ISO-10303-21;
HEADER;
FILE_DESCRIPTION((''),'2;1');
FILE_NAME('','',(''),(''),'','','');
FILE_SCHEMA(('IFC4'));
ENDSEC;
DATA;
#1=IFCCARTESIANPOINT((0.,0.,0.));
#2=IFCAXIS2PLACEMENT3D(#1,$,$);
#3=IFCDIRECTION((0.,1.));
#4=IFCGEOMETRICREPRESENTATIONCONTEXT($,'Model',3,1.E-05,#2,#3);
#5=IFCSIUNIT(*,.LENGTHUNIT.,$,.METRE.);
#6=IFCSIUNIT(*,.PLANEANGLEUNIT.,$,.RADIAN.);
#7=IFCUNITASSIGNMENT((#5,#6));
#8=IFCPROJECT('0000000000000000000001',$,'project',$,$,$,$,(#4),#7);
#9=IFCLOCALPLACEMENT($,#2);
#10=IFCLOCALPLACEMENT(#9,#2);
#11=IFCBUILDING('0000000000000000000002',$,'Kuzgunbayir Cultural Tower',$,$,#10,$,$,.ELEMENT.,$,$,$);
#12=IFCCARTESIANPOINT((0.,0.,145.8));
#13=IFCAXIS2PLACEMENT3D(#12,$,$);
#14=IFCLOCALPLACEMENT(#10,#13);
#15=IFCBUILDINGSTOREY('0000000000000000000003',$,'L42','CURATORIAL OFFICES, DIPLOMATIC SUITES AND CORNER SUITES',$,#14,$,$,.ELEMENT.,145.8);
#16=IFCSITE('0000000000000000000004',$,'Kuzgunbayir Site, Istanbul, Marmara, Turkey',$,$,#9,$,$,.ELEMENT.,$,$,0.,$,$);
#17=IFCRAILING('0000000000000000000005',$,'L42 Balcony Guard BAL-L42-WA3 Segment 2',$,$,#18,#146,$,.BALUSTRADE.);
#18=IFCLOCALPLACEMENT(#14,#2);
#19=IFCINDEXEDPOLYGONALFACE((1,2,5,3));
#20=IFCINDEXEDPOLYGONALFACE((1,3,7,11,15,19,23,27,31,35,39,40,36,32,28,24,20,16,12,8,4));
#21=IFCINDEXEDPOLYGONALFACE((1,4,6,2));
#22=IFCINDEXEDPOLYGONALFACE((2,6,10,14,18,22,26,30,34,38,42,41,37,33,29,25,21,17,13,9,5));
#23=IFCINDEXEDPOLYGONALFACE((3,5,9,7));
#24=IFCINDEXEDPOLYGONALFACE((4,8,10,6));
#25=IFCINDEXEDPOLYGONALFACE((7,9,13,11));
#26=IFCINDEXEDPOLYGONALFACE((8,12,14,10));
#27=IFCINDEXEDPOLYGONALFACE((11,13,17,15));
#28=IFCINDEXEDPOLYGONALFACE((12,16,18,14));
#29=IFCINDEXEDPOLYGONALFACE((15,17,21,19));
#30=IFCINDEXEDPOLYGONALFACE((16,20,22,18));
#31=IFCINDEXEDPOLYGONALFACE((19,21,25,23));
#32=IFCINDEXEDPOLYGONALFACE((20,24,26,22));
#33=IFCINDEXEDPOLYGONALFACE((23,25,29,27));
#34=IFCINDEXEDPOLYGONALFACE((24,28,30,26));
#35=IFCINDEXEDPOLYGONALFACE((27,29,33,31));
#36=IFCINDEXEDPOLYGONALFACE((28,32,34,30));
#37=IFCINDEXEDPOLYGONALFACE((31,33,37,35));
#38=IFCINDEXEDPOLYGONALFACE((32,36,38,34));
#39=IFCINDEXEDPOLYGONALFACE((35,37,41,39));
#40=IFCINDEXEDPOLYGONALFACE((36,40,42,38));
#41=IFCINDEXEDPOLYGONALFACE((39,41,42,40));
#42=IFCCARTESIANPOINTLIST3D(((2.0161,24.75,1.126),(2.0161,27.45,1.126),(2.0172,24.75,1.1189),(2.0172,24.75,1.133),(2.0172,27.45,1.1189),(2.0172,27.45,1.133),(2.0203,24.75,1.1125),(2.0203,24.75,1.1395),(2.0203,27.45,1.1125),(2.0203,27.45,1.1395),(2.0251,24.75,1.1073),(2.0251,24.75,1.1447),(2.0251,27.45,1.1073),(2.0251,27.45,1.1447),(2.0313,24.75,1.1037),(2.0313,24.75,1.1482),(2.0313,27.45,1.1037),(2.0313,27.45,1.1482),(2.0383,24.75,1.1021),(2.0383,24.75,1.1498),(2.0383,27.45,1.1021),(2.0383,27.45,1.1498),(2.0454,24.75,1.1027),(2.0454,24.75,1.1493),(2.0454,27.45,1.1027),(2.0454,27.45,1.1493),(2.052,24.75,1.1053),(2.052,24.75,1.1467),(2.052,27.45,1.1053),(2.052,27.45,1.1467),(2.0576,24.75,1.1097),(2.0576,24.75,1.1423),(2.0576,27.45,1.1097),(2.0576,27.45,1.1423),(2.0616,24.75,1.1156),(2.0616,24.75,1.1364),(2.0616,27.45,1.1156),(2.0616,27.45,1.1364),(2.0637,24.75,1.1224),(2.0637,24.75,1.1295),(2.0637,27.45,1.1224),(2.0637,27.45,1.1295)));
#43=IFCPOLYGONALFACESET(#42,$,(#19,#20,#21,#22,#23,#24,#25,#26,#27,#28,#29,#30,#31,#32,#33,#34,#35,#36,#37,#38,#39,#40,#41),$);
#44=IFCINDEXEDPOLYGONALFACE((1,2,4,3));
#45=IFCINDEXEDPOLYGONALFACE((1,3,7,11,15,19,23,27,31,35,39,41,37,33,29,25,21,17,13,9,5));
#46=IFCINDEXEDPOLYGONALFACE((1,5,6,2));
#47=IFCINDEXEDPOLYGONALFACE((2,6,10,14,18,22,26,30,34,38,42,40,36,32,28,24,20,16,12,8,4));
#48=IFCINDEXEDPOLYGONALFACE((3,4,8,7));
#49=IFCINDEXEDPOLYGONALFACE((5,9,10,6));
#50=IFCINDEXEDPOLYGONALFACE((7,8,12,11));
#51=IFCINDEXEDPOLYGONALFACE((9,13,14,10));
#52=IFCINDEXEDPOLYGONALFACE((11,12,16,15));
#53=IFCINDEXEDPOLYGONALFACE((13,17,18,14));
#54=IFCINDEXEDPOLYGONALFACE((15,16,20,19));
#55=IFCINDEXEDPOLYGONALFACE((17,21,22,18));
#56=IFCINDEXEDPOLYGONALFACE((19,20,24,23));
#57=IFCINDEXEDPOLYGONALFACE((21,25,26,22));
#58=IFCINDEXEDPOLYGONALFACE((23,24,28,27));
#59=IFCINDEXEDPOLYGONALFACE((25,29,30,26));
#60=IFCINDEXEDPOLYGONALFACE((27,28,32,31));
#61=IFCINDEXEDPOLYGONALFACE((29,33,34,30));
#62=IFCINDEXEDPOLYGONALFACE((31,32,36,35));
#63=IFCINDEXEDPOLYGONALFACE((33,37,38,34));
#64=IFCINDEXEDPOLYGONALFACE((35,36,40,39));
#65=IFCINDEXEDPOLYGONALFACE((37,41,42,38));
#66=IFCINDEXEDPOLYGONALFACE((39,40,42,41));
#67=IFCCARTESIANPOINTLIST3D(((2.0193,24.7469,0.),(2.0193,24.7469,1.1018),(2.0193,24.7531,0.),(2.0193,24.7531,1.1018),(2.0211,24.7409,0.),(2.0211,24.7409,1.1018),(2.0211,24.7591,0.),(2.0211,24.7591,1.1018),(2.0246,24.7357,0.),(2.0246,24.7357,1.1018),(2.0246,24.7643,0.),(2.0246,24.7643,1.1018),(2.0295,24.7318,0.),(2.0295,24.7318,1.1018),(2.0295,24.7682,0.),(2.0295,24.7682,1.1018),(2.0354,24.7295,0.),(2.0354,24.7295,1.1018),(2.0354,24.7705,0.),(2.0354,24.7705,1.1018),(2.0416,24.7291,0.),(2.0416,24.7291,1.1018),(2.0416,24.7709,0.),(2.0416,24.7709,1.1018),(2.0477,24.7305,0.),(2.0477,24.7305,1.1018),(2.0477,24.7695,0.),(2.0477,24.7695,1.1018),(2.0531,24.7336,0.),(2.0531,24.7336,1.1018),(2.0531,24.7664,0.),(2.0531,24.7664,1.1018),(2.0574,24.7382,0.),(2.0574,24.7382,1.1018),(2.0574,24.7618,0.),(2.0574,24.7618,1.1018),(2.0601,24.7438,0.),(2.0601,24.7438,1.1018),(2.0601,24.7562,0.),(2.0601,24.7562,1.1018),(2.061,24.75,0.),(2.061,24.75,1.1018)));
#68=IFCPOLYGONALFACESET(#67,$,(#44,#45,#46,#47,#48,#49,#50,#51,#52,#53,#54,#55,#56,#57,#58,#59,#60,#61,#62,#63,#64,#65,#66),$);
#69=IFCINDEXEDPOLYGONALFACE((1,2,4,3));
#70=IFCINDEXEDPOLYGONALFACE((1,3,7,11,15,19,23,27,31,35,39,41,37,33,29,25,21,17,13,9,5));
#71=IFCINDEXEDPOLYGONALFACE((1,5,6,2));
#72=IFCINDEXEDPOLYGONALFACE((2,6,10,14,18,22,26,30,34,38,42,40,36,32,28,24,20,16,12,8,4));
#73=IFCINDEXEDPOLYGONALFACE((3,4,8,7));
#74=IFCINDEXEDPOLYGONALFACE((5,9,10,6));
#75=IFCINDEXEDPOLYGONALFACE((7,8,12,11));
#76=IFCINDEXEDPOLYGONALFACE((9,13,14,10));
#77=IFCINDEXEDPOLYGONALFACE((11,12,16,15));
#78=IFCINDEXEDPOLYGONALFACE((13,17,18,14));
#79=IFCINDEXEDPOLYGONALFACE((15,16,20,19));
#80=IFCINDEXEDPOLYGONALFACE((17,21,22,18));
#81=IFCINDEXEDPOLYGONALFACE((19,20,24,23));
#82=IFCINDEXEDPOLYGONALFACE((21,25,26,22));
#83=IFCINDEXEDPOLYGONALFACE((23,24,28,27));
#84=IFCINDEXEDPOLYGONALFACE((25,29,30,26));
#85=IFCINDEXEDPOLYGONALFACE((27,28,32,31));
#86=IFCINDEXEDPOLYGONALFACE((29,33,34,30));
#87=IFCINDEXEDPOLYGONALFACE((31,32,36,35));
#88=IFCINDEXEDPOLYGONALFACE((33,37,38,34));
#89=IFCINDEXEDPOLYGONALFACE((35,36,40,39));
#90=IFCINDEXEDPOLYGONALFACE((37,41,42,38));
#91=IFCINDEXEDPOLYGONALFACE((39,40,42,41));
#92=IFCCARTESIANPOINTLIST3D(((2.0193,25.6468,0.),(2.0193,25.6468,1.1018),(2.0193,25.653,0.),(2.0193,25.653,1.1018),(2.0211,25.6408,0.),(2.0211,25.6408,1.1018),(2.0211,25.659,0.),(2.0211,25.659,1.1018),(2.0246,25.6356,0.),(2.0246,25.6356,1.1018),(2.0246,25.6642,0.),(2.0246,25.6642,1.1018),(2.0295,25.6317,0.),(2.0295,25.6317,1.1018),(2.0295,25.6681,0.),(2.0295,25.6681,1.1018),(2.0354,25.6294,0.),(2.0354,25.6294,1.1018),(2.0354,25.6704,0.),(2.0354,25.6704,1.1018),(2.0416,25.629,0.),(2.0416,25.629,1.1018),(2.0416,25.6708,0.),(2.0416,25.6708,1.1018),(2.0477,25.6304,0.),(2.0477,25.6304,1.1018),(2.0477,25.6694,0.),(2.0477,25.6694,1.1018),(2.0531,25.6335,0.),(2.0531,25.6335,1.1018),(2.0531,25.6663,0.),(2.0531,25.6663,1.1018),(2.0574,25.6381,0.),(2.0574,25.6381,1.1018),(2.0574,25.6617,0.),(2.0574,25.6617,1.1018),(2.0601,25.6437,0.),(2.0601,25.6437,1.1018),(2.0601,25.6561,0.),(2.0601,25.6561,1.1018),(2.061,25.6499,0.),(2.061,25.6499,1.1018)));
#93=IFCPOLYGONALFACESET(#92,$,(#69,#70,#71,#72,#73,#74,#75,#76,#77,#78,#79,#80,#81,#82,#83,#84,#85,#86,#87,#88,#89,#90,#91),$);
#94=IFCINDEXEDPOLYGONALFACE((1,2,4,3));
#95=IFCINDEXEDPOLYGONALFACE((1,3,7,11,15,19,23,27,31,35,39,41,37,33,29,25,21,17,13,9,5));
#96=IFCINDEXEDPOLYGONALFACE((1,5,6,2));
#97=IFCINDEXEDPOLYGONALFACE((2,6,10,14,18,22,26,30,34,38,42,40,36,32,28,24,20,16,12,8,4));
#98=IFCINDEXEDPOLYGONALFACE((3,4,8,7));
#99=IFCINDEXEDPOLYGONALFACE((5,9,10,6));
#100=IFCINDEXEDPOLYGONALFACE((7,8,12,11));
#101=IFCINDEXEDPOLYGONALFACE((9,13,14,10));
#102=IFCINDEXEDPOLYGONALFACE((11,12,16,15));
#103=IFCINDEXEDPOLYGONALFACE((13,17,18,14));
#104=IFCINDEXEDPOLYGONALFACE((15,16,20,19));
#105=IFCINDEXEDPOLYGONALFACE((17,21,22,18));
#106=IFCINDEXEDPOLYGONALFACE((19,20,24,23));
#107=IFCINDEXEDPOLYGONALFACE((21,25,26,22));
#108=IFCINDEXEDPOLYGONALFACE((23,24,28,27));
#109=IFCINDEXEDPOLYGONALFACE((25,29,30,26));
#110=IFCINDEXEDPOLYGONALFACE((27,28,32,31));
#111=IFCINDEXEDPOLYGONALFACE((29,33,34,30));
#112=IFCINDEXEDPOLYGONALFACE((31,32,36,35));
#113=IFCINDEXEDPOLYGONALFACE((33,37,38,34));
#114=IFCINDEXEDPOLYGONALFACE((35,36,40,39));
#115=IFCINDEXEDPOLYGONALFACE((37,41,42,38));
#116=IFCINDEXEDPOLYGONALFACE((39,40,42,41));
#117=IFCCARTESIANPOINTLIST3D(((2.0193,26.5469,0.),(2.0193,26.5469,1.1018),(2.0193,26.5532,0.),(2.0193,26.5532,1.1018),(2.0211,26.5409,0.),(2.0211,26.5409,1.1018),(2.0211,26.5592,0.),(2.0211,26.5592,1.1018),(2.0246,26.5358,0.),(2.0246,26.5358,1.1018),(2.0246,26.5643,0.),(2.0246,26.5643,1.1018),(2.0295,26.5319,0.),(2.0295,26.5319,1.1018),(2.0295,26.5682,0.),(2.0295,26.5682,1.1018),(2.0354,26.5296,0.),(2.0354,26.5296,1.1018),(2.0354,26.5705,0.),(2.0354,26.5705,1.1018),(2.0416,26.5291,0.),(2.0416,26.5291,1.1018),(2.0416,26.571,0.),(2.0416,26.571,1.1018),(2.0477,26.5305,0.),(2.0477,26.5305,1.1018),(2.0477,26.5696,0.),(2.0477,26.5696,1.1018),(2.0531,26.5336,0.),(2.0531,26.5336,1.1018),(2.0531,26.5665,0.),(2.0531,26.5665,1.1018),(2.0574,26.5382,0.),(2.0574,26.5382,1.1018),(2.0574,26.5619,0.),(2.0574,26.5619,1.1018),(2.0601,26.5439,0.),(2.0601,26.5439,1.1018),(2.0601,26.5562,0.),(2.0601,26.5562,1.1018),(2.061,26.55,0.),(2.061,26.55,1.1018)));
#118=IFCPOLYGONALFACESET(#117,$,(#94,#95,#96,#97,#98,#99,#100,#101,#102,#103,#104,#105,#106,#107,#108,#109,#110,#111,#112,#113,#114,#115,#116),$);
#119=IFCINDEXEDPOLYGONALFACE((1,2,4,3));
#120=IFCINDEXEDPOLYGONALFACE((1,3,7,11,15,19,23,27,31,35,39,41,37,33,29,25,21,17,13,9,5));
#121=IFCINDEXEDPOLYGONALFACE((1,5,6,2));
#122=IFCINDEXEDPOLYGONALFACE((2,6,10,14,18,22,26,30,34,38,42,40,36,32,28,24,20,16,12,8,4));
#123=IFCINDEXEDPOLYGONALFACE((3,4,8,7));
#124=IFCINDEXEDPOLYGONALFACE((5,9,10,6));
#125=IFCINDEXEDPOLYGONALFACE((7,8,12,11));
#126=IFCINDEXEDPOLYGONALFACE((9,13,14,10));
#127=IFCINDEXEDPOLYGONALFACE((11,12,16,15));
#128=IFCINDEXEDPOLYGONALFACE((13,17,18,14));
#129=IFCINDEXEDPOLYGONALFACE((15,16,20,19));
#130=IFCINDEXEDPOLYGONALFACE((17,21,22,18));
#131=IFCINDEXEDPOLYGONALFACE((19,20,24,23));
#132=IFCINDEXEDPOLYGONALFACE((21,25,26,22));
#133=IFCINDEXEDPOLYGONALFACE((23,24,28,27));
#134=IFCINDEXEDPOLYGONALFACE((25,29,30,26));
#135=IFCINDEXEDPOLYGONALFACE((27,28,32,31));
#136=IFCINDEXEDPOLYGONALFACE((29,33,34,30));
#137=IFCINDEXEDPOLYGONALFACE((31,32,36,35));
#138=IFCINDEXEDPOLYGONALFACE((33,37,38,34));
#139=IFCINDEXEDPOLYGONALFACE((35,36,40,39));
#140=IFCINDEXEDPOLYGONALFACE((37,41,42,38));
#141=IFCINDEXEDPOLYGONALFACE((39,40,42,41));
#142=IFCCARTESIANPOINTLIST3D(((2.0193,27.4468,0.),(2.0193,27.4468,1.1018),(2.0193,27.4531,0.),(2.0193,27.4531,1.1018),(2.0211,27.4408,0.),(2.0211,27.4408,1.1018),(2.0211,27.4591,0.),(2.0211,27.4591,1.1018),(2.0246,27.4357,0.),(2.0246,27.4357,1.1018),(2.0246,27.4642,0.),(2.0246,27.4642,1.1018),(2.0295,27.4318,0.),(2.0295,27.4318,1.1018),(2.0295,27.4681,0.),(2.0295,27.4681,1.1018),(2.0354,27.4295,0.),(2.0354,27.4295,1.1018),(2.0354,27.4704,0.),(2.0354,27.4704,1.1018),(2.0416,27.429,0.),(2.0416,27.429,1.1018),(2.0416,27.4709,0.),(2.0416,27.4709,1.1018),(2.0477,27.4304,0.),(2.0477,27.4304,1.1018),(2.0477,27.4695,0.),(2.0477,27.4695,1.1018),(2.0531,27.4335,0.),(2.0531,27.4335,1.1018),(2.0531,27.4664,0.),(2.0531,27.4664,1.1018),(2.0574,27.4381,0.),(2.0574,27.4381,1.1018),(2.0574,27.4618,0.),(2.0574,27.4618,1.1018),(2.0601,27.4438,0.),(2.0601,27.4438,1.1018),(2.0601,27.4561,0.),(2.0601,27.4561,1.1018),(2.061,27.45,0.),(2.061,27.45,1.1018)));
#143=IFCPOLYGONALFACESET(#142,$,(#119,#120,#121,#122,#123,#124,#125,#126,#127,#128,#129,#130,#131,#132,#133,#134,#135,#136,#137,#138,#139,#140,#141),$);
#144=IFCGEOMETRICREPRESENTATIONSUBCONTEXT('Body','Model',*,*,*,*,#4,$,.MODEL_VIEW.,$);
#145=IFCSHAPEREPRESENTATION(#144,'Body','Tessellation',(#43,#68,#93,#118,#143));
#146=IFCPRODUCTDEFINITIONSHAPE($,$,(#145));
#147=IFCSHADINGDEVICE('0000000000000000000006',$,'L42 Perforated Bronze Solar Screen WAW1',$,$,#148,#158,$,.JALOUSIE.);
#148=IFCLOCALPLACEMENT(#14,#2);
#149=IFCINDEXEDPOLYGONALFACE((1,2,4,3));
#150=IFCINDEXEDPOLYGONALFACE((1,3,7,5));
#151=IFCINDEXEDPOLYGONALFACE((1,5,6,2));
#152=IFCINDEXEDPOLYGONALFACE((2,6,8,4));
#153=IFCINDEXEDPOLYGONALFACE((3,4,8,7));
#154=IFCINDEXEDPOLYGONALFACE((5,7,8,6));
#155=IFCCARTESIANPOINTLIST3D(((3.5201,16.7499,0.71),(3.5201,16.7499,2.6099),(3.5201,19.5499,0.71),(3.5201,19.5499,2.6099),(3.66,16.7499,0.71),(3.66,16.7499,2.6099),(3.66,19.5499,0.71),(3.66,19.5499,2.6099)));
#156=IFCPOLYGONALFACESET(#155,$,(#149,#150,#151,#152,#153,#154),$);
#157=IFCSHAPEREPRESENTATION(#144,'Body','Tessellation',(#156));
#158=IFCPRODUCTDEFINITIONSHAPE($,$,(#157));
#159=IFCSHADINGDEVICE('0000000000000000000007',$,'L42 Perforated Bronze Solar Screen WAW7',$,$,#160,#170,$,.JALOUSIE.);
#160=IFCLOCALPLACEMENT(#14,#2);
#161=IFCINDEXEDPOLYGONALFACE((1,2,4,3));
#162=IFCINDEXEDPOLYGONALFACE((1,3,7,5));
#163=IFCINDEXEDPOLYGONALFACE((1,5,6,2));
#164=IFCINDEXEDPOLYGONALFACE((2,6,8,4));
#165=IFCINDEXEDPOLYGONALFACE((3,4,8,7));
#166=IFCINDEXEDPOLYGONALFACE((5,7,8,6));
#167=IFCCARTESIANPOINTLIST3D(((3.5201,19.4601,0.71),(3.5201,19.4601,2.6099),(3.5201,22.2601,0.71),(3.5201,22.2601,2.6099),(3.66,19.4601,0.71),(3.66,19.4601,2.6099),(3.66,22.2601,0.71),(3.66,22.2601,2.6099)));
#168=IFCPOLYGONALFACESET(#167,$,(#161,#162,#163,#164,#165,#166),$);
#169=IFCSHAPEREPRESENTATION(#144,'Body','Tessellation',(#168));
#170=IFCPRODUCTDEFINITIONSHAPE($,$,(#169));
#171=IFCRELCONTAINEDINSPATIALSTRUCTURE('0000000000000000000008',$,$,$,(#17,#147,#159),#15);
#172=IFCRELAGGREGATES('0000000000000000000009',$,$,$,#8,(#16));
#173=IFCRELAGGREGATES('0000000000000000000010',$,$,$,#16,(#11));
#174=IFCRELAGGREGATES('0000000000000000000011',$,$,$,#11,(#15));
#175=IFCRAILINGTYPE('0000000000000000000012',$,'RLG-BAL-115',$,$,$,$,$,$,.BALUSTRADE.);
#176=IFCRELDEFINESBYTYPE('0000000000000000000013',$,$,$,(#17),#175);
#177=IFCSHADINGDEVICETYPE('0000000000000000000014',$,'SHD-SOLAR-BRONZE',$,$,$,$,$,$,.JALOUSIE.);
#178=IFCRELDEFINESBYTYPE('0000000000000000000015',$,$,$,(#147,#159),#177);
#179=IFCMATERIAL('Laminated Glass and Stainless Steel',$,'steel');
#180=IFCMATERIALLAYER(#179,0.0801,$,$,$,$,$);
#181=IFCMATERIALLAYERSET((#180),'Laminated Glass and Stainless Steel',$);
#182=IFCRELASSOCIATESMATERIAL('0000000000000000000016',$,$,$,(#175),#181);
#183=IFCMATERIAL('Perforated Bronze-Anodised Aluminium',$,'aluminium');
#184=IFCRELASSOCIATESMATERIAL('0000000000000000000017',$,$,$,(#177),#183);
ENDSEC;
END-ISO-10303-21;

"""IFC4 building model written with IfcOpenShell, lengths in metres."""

from ifc_helpers import new_model, si_unit, direction, frame, origin, origin_2d, place, context, subcontext, project, spatial, rectangle, circle, extrude, material, layer, layer_set, type_object, element, save


model = new_model("IFC4")

# Units and contexts
model_context = context("Model", 3, precision=1e-05, world=origin(), true_north=direction((0.0, 1.0)))
body_context = subcontext(model_context, "Body", "Model", "MODEL_VIEW")
ifc_project = project(units=[si_unit("LENGTHUNIT", "METRE"), si_unit("PLANEANGLEUNIT", "RADIAN")], contexts=[model_context])

# Site, building, storey
site_placement = place(None, origin())
site = spatial("IfcSite", under=ifc_project, at=site_placement, Name="Kuzgunbayir Site, Istanbul, Marmara, Turkey", CompositionType="ELEMENT", RefElevation=0.0)
building_placement = place(site_placement, origin())
building = spatial("IfcBuilding", under=site, at=building_placement, Name="Kuzgunbayir Cultural Tower", CompositionType="ELEMENT")
storey_placement = place(building_placement, frame((0.0, 0.0, 145.8)))
storey = spatial("IfcBuildingStorey", under=building, at=storey_placement, Name="L42", Description="CURATORIAL OFFICES, DIPLOMATIC SUITES AND CORNER SUITES", CompositionType="ELEMENT", Elevation=145.8)

# Railing
ifc_material_1 = material(Name="Laminated Glass and Stainless Steel", Category="steel")
ifc_layer_1 = layer(ifc_material_1, 0.0801)
ifc_layer_set_1 = layer_set([ifc_layer_1], Name="Laminated Glass and Stainless Steel")
railing_type = type_object("IfcRailingType", Name="RLG-BAL-115", PredefinedType="BALUSTRADE", material=ifc_layer_set_1)
railing_1_placement = place(storey_placement, frame((2.04, 24.75, 0.0)))
element("IfcRailing", 1, at=railing_1_placement, inside=storey, type_object=railing_type, Name="L42 Balcony Guard BAL-L42-WA3 Segment 2", PredefinedType="BALUSTRADE", context=body_context, shape_type="SweptSolid", body=[
    extrude(circle(Radius=0.0239, at=origin_2d()), frame((0.0, 0.0, 1.126), z_axis=(0.0, 1.0, 0.0), x_axis=(-1.0, 0.0, 0.0)), (0.0, 0.0, 1.0), 2.7),
    extrude(circle(Radius=0.021, at=origin_2d()), origin(), (0.0, 0.0, 1.0), 1.1018),
    extrude(circle(Radius=0.021, at=origin_2d()), frame((0.0, 0.8999, 0.0)), (0.0, 0.0, 1.0), 1.1018),
    extrude(circle(Radius=0.021, at=origin_2d()), frame((0.0, 1.8, 0.0)), (0.0, 0.0, 1.0), 1.1018),
    extrude(circle(Radius=0.021, at=origin_2d()), frame((0.0, 2.7, 0.0)), (0.0, 0.0, 1.0), 1.1018),
])

# Shading devices
ifc_material_2 = material(Name="Perforated Bronze-Anodised Aluminium", Category="aluminium")
shading_device_type = type_object("IfcShadingDeviceType", Name="SHD-SOLAR-BRONZE", PredefinedType="JALOUSIE", material=ifc_material_2)
for number, where, z_axis, x_axis, name in (
    (2, (3.5901, 18.1499, 0.71), (0.0, 0.0, 1.0), (1.0, 0.0, 0.0), "L42 Perforated Bronze Solar Screen WAW1"),
    (3, (3.5901, 20.8601, 0.71), (0.0, 0.0, 1.0), (1.0, 0.0, 0.0), "L42 Perforated Bronze Solar Screen WAW7"),
):
    element("IfcShadingDevice", number, at=place(storey_placement, frame(where, z_axis=z_axis, x_axis=x_axis)), inside=storey, type_object=shading_device_type, Name=name, PredefinedType="JALOUSIE", context=body_context, shape_type="SweptSolid", body=[
        extrude(rectangle(XDim=0.1399, YDim=2.8, at=origin_2d()), origin(), (0.0, 0.0, 1.0), 1.8999),
    ])

save(model, "model.ifc")
